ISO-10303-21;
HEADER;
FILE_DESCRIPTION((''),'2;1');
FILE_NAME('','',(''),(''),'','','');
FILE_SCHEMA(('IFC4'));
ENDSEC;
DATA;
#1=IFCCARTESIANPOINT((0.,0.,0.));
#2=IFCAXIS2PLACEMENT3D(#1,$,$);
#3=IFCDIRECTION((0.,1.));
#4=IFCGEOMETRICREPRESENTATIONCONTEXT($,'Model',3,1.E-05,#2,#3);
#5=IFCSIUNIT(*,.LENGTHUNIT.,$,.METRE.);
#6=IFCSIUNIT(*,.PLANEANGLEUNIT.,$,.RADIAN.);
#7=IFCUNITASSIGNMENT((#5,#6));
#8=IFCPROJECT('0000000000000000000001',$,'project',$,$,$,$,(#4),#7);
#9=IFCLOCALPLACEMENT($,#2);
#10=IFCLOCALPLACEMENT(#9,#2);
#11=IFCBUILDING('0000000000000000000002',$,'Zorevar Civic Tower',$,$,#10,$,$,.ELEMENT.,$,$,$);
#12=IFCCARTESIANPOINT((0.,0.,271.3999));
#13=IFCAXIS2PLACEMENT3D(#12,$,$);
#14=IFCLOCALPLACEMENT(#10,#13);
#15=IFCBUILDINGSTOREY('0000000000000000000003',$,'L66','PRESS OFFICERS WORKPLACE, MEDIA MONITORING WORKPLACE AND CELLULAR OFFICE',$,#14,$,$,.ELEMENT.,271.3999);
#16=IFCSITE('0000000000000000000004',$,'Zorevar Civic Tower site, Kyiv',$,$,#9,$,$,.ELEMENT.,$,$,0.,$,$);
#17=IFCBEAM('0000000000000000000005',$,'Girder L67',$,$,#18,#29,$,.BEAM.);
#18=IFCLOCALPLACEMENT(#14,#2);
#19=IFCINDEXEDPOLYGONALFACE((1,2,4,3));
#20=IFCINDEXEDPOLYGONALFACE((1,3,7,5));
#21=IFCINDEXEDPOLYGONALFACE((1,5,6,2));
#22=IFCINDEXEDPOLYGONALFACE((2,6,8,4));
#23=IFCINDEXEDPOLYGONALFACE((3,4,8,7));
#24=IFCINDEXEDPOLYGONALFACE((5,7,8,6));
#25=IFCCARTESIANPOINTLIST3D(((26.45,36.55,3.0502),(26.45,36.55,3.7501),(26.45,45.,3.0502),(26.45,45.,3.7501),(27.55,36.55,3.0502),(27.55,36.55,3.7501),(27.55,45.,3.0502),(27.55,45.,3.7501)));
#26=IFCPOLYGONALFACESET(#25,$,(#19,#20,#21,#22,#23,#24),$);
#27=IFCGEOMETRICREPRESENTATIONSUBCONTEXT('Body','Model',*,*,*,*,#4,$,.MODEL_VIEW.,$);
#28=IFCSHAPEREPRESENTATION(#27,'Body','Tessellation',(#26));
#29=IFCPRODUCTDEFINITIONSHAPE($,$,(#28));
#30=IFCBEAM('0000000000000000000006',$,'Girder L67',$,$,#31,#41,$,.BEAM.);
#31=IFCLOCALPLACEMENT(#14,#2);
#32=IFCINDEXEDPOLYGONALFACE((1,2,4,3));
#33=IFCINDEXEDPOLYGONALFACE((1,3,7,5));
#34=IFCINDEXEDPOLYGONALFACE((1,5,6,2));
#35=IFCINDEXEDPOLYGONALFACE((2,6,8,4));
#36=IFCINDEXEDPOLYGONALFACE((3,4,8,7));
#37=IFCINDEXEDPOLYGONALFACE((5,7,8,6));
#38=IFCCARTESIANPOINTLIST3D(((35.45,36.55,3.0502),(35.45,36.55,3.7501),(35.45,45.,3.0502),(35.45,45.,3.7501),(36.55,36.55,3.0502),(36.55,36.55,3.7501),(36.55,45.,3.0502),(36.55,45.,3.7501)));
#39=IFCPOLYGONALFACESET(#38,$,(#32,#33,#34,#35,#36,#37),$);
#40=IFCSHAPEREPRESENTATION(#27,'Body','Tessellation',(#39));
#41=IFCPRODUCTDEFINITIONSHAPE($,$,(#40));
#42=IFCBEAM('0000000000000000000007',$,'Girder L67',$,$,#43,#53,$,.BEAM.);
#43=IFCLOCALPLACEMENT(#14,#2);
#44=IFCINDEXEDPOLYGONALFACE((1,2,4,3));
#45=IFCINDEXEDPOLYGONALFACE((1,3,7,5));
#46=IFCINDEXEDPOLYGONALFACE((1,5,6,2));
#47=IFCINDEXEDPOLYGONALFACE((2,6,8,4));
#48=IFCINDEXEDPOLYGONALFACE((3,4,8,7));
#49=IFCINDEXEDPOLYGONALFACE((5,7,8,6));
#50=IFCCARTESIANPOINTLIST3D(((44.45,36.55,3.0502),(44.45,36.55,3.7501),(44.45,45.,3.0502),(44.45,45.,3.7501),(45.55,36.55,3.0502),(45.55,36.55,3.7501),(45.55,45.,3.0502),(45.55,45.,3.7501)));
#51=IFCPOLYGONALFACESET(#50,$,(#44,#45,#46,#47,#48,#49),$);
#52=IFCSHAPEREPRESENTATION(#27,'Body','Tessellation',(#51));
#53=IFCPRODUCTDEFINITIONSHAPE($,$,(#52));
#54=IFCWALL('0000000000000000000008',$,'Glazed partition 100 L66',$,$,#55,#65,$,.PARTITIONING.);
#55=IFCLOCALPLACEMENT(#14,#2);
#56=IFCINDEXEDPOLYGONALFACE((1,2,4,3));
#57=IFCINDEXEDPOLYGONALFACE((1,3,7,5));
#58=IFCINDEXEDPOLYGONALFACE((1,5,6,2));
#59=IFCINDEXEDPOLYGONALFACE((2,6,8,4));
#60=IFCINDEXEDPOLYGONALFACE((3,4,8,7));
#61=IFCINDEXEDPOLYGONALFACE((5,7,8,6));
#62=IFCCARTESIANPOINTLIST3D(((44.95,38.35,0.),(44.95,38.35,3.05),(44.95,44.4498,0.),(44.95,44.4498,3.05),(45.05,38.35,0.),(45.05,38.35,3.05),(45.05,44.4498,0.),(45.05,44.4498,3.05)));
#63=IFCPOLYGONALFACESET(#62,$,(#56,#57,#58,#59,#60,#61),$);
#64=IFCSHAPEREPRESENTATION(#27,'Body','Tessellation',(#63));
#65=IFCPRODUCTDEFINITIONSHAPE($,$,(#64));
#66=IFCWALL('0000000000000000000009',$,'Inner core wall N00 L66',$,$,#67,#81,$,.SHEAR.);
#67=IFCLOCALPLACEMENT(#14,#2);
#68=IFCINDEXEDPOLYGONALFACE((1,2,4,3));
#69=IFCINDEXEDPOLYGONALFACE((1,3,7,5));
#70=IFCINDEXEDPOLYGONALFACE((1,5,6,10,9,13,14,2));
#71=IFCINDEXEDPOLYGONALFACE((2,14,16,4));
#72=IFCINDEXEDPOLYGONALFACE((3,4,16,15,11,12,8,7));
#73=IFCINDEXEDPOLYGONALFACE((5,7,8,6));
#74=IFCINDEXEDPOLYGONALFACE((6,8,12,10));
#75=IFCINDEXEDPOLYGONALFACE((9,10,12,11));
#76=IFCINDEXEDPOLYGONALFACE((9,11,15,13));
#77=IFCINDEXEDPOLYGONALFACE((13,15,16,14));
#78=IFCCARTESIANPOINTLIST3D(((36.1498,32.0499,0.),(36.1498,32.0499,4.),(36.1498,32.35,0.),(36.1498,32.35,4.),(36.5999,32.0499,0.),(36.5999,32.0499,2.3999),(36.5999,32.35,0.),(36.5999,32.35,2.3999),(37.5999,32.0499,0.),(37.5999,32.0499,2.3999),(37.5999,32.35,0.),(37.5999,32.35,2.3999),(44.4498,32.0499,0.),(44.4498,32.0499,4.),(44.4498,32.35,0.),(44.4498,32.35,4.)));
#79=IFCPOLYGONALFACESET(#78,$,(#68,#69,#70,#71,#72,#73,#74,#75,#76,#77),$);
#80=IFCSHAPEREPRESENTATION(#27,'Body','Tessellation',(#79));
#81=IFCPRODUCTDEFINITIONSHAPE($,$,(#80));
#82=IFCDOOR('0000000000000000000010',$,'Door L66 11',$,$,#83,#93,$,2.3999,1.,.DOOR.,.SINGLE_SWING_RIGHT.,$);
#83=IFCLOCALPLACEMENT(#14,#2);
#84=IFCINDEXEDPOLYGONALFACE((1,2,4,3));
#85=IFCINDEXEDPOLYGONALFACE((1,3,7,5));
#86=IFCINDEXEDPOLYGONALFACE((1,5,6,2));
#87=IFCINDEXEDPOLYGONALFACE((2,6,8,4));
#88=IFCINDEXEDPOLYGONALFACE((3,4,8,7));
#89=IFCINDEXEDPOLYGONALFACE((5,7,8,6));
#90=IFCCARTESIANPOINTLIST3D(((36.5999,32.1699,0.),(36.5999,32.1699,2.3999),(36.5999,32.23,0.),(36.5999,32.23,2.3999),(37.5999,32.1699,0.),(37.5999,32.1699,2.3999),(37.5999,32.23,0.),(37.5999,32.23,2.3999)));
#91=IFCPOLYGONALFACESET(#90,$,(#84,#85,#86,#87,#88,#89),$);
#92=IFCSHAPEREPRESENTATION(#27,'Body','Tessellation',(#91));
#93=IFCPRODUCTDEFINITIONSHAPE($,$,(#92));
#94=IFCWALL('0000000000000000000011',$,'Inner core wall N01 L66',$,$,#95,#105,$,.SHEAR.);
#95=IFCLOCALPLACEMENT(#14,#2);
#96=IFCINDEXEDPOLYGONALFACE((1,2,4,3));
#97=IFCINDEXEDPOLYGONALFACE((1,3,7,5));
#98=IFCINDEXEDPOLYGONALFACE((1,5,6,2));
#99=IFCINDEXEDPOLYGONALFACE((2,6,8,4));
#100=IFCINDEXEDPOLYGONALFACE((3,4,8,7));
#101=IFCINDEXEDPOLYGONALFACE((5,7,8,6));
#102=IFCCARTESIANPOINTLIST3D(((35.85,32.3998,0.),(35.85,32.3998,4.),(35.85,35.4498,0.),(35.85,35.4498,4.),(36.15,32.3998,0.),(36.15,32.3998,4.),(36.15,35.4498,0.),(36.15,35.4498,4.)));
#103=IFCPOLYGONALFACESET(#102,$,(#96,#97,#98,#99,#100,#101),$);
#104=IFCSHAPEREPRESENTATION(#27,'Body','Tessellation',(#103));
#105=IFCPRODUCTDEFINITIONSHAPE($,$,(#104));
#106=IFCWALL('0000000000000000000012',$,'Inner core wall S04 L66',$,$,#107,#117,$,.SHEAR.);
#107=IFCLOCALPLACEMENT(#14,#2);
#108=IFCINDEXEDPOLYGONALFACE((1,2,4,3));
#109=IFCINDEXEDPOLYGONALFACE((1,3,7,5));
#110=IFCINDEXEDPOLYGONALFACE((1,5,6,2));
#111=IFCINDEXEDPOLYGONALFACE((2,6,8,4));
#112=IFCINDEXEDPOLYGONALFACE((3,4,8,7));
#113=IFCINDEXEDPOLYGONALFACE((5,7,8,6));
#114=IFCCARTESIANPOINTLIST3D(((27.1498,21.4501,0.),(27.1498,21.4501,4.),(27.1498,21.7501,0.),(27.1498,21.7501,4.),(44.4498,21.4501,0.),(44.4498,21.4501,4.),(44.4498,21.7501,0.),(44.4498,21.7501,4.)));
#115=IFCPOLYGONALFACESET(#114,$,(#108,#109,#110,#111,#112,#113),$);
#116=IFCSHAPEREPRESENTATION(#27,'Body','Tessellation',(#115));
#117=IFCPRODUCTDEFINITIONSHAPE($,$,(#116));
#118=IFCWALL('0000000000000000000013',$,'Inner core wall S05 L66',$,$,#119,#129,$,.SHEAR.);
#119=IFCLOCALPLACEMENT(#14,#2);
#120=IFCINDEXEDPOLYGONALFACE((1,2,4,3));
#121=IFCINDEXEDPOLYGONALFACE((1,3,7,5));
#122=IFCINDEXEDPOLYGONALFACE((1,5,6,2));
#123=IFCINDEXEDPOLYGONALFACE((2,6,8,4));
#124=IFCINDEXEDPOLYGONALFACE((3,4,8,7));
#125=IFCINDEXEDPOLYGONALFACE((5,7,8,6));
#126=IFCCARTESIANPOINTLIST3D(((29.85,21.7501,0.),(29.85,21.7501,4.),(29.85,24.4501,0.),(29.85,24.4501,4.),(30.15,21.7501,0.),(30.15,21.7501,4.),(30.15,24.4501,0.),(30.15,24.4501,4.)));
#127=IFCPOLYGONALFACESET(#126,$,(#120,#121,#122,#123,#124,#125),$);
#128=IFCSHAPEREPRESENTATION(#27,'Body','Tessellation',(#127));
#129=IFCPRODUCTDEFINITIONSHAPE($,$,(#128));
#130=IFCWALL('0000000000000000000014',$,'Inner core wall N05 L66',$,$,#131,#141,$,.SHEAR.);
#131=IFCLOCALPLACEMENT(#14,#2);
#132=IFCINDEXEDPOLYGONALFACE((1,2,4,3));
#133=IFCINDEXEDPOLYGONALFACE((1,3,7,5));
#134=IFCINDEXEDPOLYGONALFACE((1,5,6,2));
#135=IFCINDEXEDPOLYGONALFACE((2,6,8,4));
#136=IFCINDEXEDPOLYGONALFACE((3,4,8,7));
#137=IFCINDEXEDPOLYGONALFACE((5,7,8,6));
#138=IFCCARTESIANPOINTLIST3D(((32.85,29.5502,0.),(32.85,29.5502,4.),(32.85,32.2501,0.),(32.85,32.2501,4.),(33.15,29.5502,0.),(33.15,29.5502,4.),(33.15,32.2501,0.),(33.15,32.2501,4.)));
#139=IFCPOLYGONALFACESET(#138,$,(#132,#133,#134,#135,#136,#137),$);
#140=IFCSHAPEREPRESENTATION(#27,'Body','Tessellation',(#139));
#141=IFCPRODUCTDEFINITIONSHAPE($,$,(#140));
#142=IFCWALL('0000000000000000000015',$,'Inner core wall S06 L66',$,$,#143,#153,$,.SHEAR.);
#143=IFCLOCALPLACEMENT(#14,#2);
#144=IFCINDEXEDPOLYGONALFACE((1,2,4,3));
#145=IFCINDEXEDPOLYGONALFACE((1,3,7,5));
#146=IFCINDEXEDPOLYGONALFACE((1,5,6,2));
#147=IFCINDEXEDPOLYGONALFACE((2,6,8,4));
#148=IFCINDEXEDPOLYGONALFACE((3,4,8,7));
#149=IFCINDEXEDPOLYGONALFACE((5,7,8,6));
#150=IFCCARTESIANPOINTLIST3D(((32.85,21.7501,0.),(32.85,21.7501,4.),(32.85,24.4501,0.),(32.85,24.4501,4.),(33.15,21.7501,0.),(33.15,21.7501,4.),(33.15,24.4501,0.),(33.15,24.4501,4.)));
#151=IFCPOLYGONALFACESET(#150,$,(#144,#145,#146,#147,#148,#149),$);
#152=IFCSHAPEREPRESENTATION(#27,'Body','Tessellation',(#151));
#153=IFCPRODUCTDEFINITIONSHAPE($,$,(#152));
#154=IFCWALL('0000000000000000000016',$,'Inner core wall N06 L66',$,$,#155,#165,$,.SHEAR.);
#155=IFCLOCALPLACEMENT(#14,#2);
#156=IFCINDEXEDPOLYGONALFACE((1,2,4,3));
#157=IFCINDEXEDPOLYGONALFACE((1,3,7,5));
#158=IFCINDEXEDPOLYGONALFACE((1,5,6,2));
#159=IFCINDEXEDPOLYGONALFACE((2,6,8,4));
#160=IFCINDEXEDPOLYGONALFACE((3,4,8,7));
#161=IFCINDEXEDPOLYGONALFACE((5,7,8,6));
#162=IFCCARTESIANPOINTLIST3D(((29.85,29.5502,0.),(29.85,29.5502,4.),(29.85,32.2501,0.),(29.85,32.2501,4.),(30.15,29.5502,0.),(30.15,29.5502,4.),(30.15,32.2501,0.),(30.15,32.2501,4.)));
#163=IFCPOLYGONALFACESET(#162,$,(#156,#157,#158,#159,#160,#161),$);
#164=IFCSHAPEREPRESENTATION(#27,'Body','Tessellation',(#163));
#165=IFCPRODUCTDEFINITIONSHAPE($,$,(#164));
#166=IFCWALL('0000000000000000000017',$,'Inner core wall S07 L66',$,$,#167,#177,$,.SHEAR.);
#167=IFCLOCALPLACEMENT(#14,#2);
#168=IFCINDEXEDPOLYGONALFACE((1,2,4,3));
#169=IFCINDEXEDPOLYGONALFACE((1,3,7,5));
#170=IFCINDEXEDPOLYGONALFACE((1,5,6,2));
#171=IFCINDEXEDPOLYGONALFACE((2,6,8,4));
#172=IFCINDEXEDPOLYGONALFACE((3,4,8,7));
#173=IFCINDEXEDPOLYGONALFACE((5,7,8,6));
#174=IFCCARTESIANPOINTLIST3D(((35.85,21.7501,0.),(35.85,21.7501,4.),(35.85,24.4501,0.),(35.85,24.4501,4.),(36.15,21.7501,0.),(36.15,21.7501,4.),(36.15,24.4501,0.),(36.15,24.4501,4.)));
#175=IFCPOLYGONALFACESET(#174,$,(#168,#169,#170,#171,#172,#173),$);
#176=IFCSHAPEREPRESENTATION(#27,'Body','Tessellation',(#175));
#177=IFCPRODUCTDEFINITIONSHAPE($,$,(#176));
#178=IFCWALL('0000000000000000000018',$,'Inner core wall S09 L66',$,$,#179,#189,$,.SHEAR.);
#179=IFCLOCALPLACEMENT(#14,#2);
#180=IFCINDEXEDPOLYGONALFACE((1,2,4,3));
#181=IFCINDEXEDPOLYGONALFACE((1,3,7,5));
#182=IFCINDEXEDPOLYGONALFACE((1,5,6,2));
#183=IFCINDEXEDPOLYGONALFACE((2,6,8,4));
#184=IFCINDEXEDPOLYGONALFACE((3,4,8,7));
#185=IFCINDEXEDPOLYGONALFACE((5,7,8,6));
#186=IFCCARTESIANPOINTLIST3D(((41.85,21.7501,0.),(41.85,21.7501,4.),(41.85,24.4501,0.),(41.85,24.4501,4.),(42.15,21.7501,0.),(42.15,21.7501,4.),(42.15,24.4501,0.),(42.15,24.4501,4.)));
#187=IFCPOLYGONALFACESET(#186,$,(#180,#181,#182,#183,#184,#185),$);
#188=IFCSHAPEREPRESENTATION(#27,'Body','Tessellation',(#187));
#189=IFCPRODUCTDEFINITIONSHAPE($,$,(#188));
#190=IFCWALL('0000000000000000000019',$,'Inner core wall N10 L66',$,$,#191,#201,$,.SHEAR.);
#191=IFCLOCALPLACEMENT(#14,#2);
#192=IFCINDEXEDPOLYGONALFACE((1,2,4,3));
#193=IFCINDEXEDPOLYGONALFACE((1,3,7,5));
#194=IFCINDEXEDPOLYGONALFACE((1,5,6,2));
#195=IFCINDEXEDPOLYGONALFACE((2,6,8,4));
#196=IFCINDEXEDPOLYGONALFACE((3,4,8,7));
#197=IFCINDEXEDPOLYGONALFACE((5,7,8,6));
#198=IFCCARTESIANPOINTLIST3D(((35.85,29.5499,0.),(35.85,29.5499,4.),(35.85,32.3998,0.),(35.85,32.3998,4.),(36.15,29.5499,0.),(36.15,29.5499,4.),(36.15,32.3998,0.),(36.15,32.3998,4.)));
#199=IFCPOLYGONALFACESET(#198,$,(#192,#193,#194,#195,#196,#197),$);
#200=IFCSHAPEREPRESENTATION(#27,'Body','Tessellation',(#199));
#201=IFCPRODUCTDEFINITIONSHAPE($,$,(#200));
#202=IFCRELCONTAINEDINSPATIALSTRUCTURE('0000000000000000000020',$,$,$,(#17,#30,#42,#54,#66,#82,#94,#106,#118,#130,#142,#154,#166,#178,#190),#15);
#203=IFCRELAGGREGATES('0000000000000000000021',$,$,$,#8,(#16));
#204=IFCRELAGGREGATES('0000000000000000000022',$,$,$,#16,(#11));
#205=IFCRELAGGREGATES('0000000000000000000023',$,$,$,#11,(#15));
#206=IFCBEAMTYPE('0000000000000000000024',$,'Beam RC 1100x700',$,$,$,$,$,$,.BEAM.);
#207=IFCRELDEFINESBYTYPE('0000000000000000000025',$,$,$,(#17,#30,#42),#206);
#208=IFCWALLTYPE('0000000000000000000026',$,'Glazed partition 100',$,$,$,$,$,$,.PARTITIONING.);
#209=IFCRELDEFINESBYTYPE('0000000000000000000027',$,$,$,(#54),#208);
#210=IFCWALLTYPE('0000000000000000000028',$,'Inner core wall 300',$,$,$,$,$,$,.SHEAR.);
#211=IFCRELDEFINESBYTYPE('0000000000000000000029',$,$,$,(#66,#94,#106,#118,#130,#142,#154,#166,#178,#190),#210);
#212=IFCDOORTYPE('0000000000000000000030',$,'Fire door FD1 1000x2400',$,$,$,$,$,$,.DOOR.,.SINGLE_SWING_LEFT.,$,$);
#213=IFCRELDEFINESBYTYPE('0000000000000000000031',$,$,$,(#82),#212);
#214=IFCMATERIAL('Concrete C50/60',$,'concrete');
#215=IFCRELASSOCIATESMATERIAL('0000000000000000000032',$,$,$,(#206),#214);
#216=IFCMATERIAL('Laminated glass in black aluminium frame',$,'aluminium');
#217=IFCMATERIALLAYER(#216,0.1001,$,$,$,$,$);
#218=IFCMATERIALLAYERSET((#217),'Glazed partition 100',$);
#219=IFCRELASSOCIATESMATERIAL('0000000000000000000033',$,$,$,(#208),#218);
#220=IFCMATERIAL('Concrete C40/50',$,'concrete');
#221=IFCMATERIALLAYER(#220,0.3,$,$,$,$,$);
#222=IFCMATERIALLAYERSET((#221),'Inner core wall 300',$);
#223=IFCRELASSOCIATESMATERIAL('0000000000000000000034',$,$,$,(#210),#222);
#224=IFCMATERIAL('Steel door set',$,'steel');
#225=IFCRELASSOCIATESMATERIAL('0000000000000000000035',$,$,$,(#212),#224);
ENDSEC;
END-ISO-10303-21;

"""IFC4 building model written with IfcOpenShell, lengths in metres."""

from ifc_helpers import new_model, si_unit, direction, frame, frame_2d, origin, origin_2d, place, context, subcontext, project, spatial, rectangle, extrude, material, layer, layer_set, material_profile, profile_set, type_object, element, fill, save


model = new_model("IFC4")

# Units and contexts
model_context = context("Model", 3, precision=1e-05, world=origin(), true_north=direction((0.0, 1.0)))
body_context = subcontext(model_context, "Body", "Model", "MODEL_VIEW")
ifc_project = project(units=[si_unit("LENGTHUNIT", "METRE"), si_unit("PLANEANGLEUNIT", "RADIAN")], contexts=[model_context])

# Site, building, storey
site_placement = place(None, origin())
site = spatial("IfcSite", under=ifc_project, at=site_placement, Name="Zorevar Civic Tower site, Kyiv", CompositionType="ELEMENT", RefElevation=0.0)
building_placement = place(site_placement, origin())
building = spatial("IfcBuilding", under=site, at=building_placement, Name="Zorevar Civic Tower", CompositionType="ELEMENT")
storey_placement = place(building_placement, frame((0.0, 0.0, 271.3999)))
storey = spatial("IfcBuildingStorey", under=building, at=storey_placement, Name="L66", Description="PRESS OFFICERS WORKPLACE, MEDIA MONITORING WORKPLACE AND CELLULAR OFFICE", CompositionType="ELEMENT", Elevation=271.3999)

# Beams
ifc_material_1 = material(Name="Concrete C50/60", Category="concrete")
ifc_material_profile = material_profile(ifc_material_1, rectangle(XDim=1.1001, YDim=0.7, at=origin_2d()), Name="RC 1100x700")
ifc_profile_set = profile_set([ifc_material_profile], Name="Concrete C50/60")
beam_type = type_object("IfcBeamType", Name="Beam RC 1100x700", PredefinedType="BEAM", material=ifc_profile_set)
for number, where, z_axis, x_axis, name in (
    (1, (27.0, 36.55, 3.4001), (0.0, 1.0, 0.0), (-1.0, 0.0, 0.0), "Girder L67"),
    (2, (36.0, 36.55, 3.4001), (0.0, 1.0, 0.0), (-1.0, 0.0, 0.0), "Girder L67"),
    (3, (45.0, 36.55, 3.4001), (0.0, 1.0, 0.0), (-1.0, 0.0, 0.0), "Girder L67"),
):
    element("IfcBeam", number, at=place(storey_placement, frame(where, z_axis=z_axis, x_axis=x_axis)), inside=storey, type_object=beam_type, Name=name, PredefinedType="BEAM", context=body_context, shape_type="SweptSolid", body=[
        extrude(rectangle(XDim=1.1001, YDim=0.7, at=origin_2d()), origin(), (0.0, 0.0, 1.0), 8.45),
    ])

# Wall
ifc_material_2 = material(Name="Laminated glass in black aluminium frame", Category="aluminium")
ifc_layer_1 = layer(ifc_material_2, 0.1001)
ifc_layer_set_1 = layer_set([ifc_layer_1], Name="Glazed partition 100")
wall_type_1 = type_object("IfcWallType", Name="Glazed partition 100", PredefinedType="PARTITIONING", material=ifc_layer_set_1)
wall_1_placement = place(storey_placement, frame((45.0, 38.3501, 0.0), z_axis=(0.0, 0.0, 1.0), x_axis=(0.0, 1.0, 0.0)))
element("IfcWall", 4, at=wall_1_placement, inside=storey, type_object=wall_type_1, Name="Glazed partition 100 L66", PredefinedType="PARTITIONING", context=body_context, shape_type="SweptSolid", body=[
    extrude(rectangle(XDim=6.0999, YDim=0.1001, at=frame_2d((3.0498, 0.0))), origin(), (0.0, 0.0, 1.0), 3.05),
])

# Wall, opening, door
ifc_material_3 = material(Name="Concrete C40/50", Category="concrete")
ifc_layer_2 = layer(ifc_material_3, 0.3)
ifc_layer_set_2 = layer_set([ifc_layer_2], Name="Inner core wall 300")
wall_type_2 = type_object("IfcWallType", Name="Inner core wall 300", PredefinedType="SHEAR", material=ifc_layer_set_2)
wall_2_placement = place(storey_placement, frame((36.1499, 32.2, 0.0), z_axis=(0.0, 0.0, 1.0), x_axis=(1.0, 0.0, 0.0)))
wall_2 = element("IfcWall", 5, at=wall_2_placement, inside=storey, type_object=wall_type_2, Name="Inner core wall N00 L66", PredefinedType="SHEAR", context=body_context, shape_type="SweptSolid", body=[
    extrude(rectangle(XDim=8.3, YDim=0.3, at=frame_2d((4.1499, 0.0))), origin(), (0.0, 0.0, 1.0), 4.0),
])
opening_1_placement = place(wall_2_placement, frame((0.45, 0.0, 0.0)))
opening_1 = element("IfcOpeningElement", 6, at=opening_1_placement, cuts=wall_2, PredefinedType="OPENING", context=body_context, shape_type="SweptSolid", body=[
    extrude(rectangle(XDim=1.0, YDim=2.3999, at=frame_2d((0.5, 1.2))), frame((0.0, 0.1599, 0.0), z_axis=(0.0, -1.0, 0.0), x_axis=(1.0, 0.0, 0.0)), (0.0, 0.0, 1.0), 0.3201),
])
ifc_material_4 = material(Name="Steel door set", Category="steel")
door_type_1 = type_object("IfcDoorType", Name="Fire door FD1 1000x2400", OperationType="SINGLE_SWING_LEFT", PredefinedType="DOOR", material=ifc_material_4)
door_1_placement = place(opening_1_placement, origin())
door_1 = element("IfcDoor", 7, at=door_1_placement, inside=storey, type_object=door_type_1, Name="Door L66 11", OperationType="SINGLE_SWING_RIGHT", OverallHeight=2.3999, OverallWidth=1.0, PredefinedType="DOOR", context=body_context, shape_type="SweptSolid", body=[
    extrude(rectangle(XDim=1.0, YDim=2.3999, at=frame_2d((0.5, 1.2))), frame((0.0, 0.03, 0.0), z_axis=(0.0, -1.0, 0.0), x_axis=(1.0, 0.0, 0.0)), (0.0, 0.0, 1.0), 0.0601),
])
fill(opening_1, door_1)

# Wall
wall_3_placement = place(storey_placement, frame((36.0, 32.3999, 0.0), z_axis=(0.0, 0.0, 1.0), x_axis=(0.0, 1.0, 0.0)))
element("IfcWall", 8, at=wall_3_placement, inside=storey, type_object=wall_type_2, Name="Inner core wall N01 L66", PredefinedType="SHEAR", context=body_context, shape_type="SweptSolid", body=[
    extrude(rectangle(XDim=3.05, YDim=0.3, at=frame_2d((1.5249, 0.0))), origin(), (0.0, 0.0, 1.0), 4.0),
])

# Walls
wall_4_placement = place(storey_placement, frame((27.1499, 21.6001, 0.0), z_axis=(0.0, 0.0, 1.0), x_axis=(1.0, 0.0, 0.0)))
element("IfcWall", 9, at=wall_4_placement, inside=storey, type_object=wall_type_2, Name="Inner core wall S04 L66", PredefinedType="SHEAR", context=body_context, shape_type="SweptSolid", body=[
    extrude(rectangle(XDim=17.3, YDim=0.3, at=frame_2d((8.6499, 0.0))), origin(), (0.0, 0.0, 1.0), 4.0),
])
for number, where, z_axis, x_axis, name in (
    (10, (30.0, 21.75, 0.0), (0.0, 0.0, 1.0), (0.0, 1.0, 0.0), "Inner core wall S05 L66"),
    (11, (33.0, 29.55, 0.0), (0.0, 0.0, 1.0), (0.0, 1.0, 0.0), "Inner core wall N05 L66"),
    (12, (33.0, 21.75, 0.0), (0.0, 0.0, 1.0), (0.0, 1.0, 0.0), "Inner core wall S06 L66"),
    (13, (30.0, 29.55, 0.0), (0.0, 0.0, 1.0), (0.0, 1.0, 0.0), "Inner core wall N06 L66"),
    (14, (36.0, 21.75, 0.0), (0.0, 0.0, 1.0), (0.0, 1.0, 0.0), "Inner core wall S07 L66"),
    (15, (42.0, 21.75, 0.0), (0.0, 0.0, 1.0), (0.0, 1.0, 0.0), "Inner core wall S09 L66"),
):
    element("IfcWall", number, at=place(storey_placement, frame(where, z_axis=z_axis, x_axis=x_axis)), inside=storey, type_object=wall_type_2, Name=name, PredefinedType="SHEAR", context=body_context, shape_type="SweptSolid", body=[
        extrude(rectangle(XDim=2.7, YDim=0.3, at=frame_2d((1.3501, 0.0))), origin(), (0.0, 0.0, 1.0), 4.0),
    ])
wall_5_placement = place(storey_placement, frame((36.0, 29.55, 0.0), z_axis=(0.0, 0.0, 1.0), x_axis=(0.0, 1.0, 0.0)))
element("IfcWall", 16, at=wall_5_placement, inside=storey, type_object=wall_type_2, Name="Inner core wall N10 L66", PredefinedType="SHEAR", context=body_context, shape_type="SweptSolid", body=[
    extrude(rectangle(XDim=2.8499, YDim=0.3, at=frame_2d((1.4248, 0.0))), origin(), (0.0, 0.0, 1.0), 4.0),
])

save(model, "model.ifc")
